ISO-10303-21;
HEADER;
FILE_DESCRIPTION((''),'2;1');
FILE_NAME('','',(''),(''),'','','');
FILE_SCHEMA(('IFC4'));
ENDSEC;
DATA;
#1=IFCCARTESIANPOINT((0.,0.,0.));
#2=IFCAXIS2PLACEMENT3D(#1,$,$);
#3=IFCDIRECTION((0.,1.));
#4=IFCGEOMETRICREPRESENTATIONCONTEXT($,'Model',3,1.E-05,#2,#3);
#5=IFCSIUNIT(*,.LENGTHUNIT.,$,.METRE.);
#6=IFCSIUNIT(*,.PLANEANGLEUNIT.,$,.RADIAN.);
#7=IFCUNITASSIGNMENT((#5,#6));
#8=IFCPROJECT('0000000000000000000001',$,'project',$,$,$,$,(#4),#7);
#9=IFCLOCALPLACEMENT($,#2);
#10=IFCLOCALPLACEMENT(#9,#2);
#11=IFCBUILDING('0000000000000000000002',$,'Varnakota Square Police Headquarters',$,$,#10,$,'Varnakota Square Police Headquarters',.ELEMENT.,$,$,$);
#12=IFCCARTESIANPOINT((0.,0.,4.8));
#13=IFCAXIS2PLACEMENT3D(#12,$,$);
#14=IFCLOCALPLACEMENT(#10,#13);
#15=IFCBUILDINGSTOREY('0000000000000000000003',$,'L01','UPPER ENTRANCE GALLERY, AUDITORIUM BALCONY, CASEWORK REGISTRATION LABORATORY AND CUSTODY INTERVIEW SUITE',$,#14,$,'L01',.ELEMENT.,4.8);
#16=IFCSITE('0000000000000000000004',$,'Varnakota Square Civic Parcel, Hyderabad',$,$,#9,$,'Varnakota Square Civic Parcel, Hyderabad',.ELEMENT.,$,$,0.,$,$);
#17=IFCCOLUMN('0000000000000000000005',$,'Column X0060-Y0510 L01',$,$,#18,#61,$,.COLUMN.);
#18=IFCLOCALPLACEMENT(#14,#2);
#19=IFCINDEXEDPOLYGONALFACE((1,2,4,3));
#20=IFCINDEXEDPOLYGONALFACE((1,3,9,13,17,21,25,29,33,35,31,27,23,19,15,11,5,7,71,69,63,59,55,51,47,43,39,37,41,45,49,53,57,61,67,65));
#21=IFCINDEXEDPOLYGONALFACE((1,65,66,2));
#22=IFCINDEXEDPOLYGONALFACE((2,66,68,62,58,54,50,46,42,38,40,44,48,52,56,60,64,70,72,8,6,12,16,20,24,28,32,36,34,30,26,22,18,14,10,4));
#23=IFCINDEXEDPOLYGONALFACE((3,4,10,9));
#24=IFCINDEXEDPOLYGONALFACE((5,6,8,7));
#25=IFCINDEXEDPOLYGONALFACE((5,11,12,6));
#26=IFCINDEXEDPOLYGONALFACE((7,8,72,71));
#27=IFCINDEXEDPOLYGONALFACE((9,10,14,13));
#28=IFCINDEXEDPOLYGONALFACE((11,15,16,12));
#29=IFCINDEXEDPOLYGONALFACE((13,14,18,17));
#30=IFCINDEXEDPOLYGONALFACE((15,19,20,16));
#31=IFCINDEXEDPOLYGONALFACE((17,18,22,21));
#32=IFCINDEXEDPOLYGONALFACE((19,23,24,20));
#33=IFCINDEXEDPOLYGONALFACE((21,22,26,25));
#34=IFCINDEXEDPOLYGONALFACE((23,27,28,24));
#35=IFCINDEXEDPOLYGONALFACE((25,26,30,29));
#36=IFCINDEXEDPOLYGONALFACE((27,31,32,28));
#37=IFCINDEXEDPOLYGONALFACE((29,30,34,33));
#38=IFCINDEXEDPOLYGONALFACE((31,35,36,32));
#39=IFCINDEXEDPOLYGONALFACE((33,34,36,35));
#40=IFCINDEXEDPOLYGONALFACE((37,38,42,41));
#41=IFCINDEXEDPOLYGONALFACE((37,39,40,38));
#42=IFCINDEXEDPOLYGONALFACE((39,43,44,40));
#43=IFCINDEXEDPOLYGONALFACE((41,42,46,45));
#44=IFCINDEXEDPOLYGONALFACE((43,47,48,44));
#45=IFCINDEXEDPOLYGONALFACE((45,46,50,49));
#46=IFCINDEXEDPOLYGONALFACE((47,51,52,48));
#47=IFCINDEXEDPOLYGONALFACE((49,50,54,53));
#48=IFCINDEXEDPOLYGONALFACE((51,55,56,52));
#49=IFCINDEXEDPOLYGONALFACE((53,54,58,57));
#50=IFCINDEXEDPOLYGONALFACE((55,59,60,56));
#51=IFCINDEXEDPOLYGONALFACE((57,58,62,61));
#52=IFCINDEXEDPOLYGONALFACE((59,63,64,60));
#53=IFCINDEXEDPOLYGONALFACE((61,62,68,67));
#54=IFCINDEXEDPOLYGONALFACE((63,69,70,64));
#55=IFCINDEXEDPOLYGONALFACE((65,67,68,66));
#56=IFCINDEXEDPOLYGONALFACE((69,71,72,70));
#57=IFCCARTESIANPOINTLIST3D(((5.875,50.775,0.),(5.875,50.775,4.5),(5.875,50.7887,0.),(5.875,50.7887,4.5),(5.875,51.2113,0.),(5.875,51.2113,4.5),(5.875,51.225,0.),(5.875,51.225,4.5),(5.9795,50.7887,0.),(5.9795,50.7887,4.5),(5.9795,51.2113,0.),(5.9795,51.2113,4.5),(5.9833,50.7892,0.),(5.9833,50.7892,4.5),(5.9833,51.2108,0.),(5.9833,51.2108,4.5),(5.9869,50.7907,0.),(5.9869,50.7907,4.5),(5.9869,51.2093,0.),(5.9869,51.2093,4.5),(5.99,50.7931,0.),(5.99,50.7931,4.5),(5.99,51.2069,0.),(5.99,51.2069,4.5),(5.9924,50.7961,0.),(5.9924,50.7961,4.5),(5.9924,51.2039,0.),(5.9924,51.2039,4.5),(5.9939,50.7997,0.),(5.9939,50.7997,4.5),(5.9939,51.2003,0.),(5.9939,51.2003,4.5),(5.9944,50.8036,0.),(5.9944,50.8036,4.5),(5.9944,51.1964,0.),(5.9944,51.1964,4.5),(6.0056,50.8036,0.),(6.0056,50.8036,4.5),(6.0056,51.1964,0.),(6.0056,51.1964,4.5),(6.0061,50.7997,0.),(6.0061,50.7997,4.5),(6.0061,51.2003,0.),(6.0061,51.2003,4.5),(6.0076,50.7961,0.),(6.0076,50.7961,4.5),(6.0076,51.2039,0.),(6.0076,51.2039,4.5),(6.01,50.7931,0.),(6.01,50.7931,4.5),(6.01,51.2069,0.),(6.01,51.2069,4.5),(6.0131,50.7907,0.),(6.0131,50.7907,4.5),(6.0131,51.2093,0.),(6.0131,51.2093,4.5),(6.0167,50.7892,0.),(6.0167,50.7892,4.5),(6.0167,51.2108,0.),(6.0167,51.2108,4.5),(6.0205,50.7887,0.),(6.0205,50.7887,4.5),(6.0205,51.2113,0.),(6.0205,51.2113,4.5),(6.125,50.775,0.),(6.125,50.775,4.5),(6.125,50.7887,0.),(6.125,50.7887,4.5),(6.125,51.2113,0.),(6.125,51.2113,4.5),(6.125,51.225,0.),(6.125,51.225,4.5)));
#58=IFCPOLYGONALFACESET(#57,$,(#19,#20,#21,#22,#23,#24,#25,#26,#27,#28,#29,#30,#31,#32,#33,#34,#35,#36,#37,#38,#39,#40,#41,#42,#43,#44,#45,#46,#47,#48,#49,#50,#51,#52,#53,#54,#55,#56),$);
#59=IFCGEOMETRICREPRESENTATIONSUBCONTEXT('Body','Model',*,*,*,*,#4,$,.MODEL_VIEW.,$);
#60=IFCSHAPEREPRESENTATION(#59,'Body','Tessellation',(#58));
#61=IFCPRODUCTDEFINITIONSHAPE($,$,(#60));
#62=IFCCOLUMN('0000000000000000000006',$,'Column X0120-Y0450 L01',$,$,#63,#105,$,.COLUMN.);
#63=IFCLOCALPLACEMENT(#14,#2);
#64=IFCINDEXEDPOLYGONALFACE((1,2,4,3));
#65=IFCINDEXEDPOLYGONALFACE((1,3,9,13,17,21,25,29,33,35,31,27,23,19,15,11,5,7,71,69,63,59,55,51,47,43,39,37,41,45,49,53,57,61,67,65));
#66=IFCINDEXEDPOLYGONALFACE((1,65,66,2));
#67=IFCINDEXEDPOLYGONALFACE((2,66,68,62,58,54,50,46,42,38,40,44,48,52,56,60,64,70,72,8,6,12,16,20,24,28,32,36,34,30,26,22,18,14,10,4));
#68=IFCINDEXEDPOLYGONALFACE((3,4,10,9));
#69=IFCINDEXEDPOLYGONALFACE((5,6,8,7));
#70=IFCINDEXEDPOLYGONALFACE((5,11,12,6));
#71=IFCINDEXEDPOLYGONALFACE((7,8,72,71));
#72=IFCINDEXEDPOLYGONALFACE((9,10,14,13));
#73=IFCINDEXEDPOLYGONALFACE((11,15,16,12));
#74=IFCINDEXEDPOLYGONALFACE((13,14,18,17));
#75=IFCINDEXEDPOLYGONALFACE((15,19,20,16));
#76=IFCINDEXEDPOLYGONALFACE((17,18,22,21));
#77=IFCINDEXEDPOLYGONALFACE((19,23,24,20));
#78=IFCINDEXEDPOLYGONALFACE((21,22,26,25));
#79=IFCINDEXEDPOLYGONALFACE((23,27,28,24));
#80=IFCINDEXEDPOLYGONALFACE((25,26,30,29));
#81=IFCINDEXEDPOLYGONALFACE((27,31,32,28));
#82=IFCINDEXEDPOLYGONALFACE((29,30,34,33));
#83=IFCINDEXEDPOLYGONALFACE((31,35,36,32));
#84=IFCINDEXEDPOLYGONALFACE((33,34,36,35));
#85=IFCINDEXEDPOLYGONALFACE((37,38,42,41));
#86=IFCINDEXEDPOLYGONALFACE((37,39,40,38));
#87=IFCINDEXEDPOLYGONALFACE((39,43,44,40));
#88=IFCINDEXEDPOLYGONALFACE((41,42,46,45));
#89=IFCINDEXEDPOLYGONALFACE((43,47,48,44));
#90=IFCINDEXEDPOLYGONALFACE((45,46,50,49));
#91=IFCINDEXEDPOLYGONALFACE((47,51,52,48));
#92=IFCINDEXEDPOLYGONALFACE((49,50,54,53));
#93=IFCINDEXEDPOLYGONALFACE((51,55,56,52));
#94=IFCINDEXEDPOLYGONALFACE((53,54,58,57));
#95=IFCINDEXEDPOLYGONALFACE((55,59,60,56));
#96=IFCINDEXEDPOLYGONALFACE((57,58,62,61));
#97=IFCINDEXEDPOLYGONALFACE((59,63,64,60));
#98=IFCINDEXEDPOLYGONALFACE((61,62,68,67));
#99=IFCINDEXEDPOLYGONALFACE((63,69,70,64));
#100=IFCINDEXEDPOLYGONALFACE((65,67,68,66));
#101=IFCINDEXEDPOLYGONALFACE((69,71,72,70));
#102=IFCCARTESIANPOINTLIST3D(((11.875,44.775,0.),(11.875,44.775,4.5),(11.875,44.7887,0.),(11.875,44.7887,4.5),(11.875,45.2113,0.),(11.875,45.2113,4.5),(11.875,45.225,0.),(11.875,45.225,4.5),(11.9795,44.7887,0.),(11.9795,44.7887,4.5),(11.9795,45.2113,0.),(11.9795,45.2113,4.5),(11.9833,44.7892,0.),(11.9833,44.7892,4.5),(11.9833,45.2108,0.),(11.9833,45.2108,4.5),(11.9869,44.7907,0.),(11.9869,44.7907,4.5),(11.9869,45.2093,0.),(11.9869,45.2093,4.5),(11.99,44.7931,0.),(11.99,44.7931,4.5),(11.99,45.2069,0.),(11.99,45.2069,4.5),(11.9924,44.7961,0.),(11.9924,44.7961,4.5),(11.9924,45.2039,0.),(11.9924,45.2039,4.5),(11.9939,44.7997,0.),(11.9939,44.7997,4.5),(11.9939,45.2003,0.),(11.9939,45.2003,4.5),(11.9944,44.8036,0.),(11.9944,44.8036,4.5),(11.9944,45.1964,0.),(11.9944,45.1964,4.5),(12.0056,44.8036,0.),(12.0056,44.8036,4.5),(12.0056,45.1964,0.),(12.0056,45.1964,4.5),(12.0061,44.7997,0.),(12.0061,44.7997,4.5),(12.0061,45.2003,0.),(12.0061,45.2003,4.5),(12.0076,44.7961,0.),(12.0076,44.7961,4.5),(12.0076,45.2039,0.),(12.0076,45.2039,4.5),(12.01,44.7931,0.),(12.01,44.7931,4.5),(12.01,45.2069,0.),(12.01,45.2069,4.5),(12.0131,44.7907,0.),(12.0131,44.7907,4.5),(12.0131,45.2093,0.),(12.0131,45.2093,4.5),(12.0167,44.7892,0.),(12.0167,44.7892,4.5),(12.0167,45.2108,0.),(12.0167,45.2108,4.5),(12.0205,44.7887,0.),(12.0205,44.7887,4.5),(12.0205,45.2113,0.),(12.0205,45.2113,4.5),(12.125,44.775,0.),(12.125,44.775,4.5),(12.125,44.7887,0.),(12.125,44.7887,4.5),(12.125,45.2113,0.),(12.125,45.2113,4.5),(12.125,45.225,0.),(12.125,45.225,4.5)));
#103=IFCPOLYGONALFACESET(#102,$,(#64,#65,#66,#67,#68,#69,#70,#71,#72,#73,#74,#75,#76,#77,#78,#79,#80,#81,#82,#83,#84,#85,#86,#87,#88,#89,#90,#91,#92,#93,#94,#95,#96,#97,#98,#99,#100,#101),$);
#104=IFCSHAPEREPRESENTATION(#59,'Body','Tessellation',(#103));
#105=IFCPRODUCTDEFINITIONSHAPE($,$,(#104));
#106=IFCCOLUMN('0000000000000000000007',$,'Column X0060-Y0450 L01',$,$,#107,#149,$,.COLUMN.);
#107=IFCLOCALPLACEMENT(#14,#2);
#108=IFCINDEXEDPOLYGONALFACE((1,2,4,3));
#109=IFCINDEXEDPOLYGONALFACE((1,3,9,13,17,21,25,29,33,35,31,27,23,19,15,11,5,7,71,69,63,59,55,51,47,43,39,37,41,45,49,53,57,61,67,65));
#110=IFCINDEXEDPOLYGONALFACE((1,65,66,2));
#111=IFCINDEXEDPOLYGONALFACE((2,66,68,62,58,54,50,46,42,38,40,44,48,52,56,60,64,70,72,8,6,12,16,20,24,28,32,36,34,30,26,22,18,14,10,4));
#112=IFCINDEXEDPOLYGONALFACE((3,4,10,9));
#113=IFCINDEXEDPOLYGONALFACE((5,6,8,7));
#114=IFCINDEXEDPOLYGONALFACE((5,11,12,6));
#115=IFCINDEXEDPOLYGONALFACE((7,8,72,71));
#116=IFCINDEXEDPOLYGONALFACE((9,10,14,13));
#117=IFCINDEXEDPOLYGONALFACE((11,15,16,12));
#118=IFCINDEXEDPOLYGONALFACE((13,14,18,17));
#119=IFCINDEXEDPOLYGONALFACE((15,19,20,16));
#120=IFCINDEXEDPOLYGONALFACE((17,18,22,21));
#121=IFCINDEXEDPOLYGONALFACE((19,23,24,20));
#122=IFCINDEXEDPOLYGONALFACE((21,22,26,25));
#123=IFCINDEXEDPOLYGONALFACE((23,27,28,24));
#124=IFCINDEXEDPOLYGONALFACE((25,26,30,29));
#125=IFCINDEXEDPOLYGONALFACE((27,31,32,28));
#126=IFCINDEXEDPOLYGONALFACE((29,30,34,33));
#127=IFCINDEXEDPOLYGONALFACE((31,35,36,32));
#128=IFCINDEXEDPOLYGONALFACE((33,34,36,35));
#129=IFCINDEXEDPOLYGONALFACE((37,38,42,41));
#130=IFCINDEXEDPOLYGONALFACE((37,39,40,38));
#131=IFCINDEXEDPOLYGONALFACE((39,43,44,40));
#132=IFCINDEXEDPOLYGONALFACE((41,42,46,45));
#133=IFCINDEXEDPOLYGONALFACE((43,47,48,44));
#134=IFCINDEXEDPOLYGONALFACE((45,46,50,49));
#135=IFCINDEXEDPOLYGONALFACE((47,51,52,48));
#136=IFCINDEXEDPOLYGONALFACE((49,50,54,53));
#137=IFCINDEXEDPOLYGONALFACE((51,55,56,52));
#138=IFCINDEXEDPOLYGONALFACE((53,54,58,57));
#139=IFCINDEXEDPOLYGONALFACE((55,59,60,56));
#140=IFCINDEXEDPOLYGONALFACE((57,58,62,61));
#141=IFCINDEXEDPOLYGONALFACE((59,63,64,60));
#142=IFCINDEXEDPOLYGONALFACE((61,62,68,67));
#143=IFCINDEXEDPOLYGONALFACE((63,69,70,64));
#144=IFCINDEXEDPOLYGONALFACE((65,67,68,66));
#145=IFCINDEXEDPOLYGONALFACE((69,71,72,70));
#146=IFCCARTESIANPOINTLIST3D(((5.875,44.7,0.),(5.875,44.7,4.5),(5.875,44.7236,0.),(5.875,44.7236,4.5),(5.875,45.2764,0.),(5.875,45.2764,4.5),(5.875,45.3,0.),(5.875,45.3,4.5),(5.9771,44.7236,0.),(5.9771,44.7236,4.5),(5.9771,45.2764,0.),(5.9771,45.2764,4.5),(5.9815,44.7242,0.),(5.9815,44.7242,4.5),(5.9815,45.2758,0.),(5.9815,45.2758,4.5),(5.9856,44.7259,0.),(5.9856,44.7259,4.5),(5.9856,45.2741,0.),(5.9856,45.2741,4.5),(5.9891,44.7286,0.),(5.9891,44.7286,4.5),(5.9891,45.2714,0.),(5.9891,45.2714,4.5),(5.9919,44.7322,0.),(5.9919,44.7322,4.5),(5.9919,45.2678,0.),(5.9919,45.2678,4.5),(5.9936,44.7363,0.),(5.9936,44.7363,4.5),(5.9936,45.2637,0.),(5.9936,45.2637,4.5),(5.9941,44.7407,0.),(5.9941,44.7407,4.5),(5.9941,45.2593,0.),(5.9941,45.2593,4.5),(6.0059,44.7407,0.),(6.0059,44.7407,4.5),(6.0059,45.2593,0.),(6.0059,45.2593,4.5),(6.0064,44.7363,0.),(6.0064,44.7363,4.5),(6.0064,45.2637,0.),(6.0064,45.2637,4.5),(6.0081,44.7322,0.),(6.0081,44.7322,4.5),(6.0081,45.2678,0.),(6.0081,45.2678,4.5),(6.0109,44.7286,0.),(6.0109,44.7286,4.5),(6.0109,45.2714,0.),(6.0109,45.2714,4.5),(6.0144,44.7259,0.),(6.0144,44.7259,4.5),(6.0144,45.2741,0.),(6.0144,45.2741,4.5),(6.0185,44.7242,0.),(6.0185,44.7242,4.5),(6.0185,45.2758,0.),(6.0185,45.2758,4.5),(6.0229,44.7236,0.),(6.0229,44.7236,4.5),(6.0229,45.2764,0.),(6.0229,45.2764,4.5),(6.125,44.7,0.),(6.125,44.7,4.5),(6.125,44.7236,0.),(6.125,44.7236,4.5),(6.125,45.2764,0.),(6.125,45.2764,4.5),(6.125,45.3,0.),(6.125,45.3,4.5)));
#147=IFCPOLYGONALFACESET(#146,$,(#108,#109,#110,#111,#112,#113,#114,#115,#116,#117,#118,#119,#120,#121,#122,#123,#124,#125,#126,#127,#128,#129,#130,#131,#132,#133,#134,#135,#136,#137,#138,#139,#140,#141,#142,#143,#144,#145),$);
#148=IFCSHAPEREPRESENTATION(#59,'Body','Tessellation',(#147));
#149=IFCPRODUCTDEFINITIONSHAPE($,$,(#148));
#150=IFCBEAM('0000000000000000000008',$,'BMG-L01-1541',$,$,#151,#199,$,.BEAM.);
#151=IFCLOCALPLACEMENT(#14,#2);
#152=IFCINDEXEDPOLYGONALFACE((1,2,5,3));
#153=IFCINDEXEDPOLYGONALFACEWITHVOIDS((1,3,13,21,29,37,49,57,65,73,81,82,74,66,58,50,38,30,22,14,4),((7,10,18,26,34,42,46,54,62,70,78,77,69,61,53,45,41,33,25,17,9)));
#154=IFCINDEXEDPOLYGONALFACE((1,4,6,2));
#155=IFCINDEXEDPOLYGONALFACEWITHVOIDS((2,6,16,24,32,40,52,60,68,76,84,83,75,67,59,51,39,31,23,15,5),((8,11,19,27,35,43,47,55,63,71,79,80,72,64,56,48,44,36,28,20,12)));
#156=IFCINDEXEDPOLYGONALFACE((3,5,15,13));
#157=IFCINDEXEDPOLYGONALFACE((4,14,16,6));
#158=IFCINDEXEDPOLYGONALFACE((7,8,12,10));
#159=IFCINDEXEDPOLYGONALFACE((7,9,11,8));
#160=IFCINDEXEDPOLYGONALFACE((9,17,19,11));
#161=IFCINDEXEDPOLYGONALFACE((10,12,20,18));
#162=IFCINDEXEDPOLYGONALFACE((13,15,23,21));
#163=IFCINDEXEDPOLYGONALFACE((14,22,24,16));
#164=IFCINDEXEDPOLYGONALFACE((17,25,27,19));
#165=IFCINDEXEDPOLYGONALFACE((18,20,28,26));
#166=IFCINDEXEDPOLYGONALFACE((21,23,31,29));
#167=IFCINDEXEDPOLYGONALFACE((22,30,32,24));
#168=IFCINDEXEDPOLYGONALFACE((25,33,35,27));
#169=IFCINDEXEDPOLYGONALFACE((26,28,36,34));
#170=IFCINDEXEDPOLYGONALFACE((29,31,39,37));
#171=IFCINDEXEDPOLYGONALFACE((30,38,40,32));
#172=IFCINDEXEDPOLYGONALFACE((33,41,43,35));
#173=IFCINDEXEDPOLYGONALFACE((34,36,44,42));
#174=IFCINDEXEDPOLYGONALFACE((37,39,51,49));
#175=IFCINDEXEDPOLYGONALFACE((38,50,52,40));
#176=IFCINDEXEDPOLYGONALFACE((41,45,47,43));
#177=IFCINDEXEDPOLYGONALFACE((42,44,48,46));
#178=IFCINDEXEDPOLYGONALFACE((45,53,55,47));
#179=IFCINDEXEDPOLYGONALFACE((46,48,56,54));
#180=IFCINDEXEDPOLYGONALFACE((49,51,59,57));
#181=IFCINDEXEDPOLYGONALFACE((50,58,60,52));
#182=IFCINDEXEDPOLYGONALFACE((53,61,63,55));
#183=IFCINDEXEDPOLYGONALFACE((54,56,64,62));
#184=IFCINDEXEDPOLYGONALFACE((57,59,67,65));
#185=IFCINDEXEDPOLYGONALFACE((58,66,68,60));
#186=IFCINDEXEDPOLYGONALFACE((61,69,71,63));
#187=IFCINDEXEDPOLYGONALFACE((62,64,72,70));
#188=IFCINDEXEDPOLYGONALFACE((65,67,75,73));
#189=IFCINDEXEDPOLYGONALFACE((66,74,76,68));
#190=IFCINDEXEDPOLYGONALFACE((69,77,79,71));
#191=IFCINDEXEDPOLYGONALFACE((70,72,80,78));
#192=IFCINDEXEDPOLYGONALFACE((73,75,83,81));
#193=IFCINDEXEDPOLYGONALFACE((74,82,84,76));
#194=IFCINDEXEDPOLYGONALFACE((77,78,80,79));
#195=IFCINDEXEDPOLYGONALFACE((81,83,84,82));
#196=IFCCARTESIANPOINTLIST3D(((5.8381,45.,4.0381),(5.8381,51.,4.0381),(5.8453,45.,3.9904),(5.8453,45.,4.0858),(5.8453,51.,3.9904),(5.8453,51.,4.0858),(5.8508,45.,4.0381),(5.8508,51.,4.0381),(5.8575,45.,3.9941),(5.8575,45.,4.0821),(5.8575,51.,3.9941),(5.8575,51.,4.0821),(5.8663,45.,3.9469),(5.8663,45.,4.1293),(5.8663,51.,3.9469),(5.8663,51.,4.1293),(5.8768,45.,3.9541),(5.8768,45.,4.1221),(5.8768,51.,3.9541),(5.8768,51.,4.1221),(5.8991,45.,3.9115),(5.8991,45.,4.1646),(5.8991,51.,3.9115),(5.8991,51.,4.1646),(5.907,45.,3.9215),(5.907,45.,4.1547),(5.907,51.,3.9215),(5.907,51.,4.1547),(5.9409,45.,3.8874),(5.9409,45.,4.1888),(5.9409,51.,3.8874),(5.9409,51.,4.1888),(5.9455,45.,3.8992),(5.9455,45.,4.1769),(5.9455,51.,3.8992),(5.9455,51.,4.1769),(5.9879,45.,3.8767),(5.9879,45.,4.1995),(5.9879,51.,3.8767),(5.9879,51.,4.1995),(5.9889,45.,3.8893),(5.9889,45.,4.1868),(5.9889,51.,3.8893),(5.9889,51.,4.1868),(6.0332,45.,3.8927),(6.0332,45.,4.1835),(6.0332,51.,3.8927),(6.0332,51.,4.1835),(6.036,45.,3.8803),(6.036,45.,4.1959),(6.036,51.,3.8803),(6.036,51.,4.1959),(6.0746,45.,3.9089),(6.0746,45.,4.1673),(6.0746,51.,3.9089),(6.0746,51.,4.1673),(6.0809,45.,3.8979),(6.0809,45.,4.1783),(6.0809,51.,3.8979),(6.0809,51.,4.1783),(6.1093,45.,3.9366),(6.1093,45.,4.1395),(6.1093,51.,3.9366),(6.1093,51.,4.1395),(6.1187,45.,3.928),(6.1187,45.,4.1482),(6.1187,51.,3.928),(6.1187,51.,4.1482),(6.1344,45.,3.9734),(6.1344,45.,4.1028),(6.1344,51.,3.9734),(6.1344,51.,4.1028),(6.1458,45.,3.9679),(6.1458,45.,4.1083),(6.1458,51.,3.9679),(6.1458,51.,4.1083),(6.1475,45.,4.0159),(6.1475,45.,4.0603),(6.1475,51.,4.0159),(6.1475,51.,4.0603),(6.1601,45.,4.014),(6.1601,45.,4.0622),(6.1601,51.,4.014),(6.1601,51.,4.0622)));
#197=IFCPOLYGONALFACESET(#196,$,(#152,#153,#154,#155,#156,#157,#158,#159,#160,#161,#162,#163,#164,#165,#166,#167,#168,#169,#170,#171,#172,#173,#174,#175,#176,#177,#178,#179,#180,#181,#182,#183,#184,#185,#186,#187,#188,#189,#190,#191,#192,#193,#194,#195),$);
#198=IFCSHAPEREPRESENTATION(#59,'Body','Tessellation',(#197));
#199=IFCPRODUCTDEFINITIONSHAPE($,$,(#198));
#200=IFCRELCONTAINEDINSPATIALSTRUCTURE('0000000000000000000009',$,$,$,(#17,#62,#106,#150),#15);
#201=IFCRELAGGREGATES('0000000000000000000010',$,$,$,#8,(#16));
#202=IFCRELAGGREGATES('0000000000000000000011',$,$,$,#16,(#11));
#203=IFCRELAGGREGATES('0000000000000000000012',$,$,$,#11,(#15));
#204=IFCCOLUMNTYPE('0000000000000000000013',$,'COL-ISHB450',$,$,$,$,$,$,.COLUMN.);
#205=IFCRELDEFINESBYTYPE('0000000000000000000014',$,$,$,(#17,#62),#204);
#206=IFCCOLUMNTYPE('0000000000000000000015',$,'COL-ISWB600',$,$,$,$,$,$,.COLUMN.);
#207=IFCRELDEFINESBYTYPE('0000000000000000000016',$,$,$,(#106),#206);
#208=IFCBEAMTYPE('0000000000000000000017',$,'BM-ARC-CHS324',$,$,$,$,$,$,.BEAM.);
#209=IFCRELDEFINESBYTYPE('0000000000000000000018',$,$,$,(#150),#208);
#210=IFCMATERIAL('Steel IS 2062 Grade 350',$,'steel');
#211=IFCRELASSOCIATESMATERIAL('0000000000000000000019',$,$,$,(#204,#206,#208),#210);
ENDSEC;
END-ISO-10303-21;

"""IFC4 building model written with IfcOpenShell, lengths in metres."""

from ifc_helpers import new_model, si_unit, direction, frame, origin, origin_2d, place, context, subcontext, project, spatial, hollow_circle, i_section, extrude, material, material_profile, profile_set, type_object, element, save


model = new_model("IFC4")

# Units and contexts
model_context = context("Model", 3, precision=1e-05, world=origin(), true_north=direction((0.0, 1.0)))
body_context = subcontext(model_context, "Body", "Model", "MODEL_VIEW")
ifc_project = project(units=[si_unit("LENGTHUNIT", "METRE"), si_unit("PLANEANGLEUNIT", "RADIAN")], contexts=[model_context])

# Site, building, storey
site_placement = place(None, origin())
site = spatial("IfcSite", under=ifc_project, at=site_placement, Name="Varnakota Square Civic Parcel, Hyderabad", LongName="Varnakota Square Civic Parcel, Hyderabad", CompositionType="ELEMENT", RefElevation=0.0)
building_placement = place(site_placement, origin())
building = spatial("IfcBuilding", under=site, at=building_placement, Name="Varnakota Square Police Headquarters", LongName="Varnakota Square Police Headquarters", CompositionType="ELEMENT")
storey_placement = place(building_placement, frame((0.0, 0.0, 4.8)))
storey = spatial("IfcBuildingStorey", under=building, at=storey_placement, Name="L01", Description="UPPER ENTRANCE GALLERY, AUDITORIUM BALCONY, CASEWORK REGISTRATION LABORATORY AND CUSTODY INTERVIEW SUITE", LongName="L01", CompositionType="ELEMENT", Elevation=4.8)

# Columns
ifc_material_1 = material(Name="Steel IS 2062 Grade 350", Category="steel")
ifc_material_profile_1 = material_profile(ifc_material_1, i_section(OverallWidth=0.25, OverallDepth=0.45, WebThickness=0.0112, FlangeThickness=0.0137, FilletRadius=0.0149, at=origin_2d()), Name="ISHB 450")
ifc_profile_set_1 = profile_set([ifc_material_profile_1], Name="Steel IS 2062 Grade 350")
column_type_1 = type_object("IfcColumnType", Name="COL-ISHB450", PredefinedType="COLUMN", material=ifc_profile_set_1)
for number, where, z_axis, x_axis, name in (
    (1, (6.0, 51.0, 0.0), (0.0, 0.0, 1.0), (1.0, 0.0, 0.0), "Column X0060-Y0510 L01"),
    (2, (12.0, 45.0, 0.0), (0.0, 0.0, 1.0), (1.0, 0.0, 0.0), "Column X0120-Y0450 L01"),
):
    element("IfcColumn", number, at=place(storey_placement, frame(where, z_axis=z_axis, x_axis=x_axis)), inside=storey, type_object=column_type_1, Name=name, PredefinedType="COLUMN", context=body_context, shape_type="SweptSolid", body=[
        extrude(i_section(OverallWidth=0.25, OverallDepth=0.45, WebThickness=0.0112, FlangeThickness=0.0137, FilletRadius=0.0149, at=origin_2d()), origin(), (0.0, 0.0, 1.0), 4.5),
    ])
ifc_material_profile_2 = material_profile(ifc_material_1, i_section(OverallWidth=0.25, OverallDepth=0.6001, WebThickness=0.0117, FlangeThickness=0.0237, FilletRadius=0.0171, at=origin_2d()), Name="ISWB 600")
ifc_profile_set_2 = profile_set([ifc_material_profile_2], Name="Steel IS 2062 Grade 350")
column_type_2 = type_object("IfcColumnType", Name="COL-ISWB600", PredefinedType="COLUMN", material=ifc_profile_set_2)
column_placement = place(storey_placement, frame((6.0, 45.0, 0.0), z_axis=(0.0, 0.0, 1.0), x_axis=(1.0, 0.0, 0.0)))
element("IfcColumn", 3, at=column_placement, inside=storey, type_object=column_type_2, Name="Column X0060-Y0450 L01", PredefinedType="COLUMN", context=body_context, shape_type="SweptSolid", body=[
    extrude(i_section(OverallWidth=0.25, OverallDepth=0.6001, WebThickness=0.0117, FlangeThickness=0.0237, FilletRadius=0.0171, at=origin_2d()), origin(), (0.0, 0.0, 1.0), 4.5),
])

# Beam
ifc_material_profile_3 = material_profile(ifc_material_1, hollow_circle(Radius=0.1619, WallThickness=0.0127, at=origin_2d()), Name="CHS 323.9x12.7")
ifc_profile_set_3 = profile_set([ifc_material_profile_3], Name="Steel IS 2062 Grade 350")
beam_type_1 = type_object("IfcBeamType", Name="BM-ARC-CHS324", PredefinedType="BEAM", material=ifc_profile_set_3)
for number, where, z_axis, x_axis, name in (
    (4, (6.0, 45.0, 4.0381), (0.0, 1.0, 0.0), (-1.0, 0.0, 0.0), "BMG-L01-1541"),
):
    element("IfcBeam", number, at=place(storey_placement, frame(where, z_axis=z_axis, x_axis=x_axis)), inside=storey, type_object=beam_type_1, Name=name, PredefinedType="BEAM", context=body_context, shape_type="SweptSolid", body=[
        extrude(hollow_circle(Radius=0.1619, WallThickness=0.0127, at=origin_2d()), origin(), (0.0, 0.0, 1.0), 6.0),
    ])

save(model, "model.ifc")
